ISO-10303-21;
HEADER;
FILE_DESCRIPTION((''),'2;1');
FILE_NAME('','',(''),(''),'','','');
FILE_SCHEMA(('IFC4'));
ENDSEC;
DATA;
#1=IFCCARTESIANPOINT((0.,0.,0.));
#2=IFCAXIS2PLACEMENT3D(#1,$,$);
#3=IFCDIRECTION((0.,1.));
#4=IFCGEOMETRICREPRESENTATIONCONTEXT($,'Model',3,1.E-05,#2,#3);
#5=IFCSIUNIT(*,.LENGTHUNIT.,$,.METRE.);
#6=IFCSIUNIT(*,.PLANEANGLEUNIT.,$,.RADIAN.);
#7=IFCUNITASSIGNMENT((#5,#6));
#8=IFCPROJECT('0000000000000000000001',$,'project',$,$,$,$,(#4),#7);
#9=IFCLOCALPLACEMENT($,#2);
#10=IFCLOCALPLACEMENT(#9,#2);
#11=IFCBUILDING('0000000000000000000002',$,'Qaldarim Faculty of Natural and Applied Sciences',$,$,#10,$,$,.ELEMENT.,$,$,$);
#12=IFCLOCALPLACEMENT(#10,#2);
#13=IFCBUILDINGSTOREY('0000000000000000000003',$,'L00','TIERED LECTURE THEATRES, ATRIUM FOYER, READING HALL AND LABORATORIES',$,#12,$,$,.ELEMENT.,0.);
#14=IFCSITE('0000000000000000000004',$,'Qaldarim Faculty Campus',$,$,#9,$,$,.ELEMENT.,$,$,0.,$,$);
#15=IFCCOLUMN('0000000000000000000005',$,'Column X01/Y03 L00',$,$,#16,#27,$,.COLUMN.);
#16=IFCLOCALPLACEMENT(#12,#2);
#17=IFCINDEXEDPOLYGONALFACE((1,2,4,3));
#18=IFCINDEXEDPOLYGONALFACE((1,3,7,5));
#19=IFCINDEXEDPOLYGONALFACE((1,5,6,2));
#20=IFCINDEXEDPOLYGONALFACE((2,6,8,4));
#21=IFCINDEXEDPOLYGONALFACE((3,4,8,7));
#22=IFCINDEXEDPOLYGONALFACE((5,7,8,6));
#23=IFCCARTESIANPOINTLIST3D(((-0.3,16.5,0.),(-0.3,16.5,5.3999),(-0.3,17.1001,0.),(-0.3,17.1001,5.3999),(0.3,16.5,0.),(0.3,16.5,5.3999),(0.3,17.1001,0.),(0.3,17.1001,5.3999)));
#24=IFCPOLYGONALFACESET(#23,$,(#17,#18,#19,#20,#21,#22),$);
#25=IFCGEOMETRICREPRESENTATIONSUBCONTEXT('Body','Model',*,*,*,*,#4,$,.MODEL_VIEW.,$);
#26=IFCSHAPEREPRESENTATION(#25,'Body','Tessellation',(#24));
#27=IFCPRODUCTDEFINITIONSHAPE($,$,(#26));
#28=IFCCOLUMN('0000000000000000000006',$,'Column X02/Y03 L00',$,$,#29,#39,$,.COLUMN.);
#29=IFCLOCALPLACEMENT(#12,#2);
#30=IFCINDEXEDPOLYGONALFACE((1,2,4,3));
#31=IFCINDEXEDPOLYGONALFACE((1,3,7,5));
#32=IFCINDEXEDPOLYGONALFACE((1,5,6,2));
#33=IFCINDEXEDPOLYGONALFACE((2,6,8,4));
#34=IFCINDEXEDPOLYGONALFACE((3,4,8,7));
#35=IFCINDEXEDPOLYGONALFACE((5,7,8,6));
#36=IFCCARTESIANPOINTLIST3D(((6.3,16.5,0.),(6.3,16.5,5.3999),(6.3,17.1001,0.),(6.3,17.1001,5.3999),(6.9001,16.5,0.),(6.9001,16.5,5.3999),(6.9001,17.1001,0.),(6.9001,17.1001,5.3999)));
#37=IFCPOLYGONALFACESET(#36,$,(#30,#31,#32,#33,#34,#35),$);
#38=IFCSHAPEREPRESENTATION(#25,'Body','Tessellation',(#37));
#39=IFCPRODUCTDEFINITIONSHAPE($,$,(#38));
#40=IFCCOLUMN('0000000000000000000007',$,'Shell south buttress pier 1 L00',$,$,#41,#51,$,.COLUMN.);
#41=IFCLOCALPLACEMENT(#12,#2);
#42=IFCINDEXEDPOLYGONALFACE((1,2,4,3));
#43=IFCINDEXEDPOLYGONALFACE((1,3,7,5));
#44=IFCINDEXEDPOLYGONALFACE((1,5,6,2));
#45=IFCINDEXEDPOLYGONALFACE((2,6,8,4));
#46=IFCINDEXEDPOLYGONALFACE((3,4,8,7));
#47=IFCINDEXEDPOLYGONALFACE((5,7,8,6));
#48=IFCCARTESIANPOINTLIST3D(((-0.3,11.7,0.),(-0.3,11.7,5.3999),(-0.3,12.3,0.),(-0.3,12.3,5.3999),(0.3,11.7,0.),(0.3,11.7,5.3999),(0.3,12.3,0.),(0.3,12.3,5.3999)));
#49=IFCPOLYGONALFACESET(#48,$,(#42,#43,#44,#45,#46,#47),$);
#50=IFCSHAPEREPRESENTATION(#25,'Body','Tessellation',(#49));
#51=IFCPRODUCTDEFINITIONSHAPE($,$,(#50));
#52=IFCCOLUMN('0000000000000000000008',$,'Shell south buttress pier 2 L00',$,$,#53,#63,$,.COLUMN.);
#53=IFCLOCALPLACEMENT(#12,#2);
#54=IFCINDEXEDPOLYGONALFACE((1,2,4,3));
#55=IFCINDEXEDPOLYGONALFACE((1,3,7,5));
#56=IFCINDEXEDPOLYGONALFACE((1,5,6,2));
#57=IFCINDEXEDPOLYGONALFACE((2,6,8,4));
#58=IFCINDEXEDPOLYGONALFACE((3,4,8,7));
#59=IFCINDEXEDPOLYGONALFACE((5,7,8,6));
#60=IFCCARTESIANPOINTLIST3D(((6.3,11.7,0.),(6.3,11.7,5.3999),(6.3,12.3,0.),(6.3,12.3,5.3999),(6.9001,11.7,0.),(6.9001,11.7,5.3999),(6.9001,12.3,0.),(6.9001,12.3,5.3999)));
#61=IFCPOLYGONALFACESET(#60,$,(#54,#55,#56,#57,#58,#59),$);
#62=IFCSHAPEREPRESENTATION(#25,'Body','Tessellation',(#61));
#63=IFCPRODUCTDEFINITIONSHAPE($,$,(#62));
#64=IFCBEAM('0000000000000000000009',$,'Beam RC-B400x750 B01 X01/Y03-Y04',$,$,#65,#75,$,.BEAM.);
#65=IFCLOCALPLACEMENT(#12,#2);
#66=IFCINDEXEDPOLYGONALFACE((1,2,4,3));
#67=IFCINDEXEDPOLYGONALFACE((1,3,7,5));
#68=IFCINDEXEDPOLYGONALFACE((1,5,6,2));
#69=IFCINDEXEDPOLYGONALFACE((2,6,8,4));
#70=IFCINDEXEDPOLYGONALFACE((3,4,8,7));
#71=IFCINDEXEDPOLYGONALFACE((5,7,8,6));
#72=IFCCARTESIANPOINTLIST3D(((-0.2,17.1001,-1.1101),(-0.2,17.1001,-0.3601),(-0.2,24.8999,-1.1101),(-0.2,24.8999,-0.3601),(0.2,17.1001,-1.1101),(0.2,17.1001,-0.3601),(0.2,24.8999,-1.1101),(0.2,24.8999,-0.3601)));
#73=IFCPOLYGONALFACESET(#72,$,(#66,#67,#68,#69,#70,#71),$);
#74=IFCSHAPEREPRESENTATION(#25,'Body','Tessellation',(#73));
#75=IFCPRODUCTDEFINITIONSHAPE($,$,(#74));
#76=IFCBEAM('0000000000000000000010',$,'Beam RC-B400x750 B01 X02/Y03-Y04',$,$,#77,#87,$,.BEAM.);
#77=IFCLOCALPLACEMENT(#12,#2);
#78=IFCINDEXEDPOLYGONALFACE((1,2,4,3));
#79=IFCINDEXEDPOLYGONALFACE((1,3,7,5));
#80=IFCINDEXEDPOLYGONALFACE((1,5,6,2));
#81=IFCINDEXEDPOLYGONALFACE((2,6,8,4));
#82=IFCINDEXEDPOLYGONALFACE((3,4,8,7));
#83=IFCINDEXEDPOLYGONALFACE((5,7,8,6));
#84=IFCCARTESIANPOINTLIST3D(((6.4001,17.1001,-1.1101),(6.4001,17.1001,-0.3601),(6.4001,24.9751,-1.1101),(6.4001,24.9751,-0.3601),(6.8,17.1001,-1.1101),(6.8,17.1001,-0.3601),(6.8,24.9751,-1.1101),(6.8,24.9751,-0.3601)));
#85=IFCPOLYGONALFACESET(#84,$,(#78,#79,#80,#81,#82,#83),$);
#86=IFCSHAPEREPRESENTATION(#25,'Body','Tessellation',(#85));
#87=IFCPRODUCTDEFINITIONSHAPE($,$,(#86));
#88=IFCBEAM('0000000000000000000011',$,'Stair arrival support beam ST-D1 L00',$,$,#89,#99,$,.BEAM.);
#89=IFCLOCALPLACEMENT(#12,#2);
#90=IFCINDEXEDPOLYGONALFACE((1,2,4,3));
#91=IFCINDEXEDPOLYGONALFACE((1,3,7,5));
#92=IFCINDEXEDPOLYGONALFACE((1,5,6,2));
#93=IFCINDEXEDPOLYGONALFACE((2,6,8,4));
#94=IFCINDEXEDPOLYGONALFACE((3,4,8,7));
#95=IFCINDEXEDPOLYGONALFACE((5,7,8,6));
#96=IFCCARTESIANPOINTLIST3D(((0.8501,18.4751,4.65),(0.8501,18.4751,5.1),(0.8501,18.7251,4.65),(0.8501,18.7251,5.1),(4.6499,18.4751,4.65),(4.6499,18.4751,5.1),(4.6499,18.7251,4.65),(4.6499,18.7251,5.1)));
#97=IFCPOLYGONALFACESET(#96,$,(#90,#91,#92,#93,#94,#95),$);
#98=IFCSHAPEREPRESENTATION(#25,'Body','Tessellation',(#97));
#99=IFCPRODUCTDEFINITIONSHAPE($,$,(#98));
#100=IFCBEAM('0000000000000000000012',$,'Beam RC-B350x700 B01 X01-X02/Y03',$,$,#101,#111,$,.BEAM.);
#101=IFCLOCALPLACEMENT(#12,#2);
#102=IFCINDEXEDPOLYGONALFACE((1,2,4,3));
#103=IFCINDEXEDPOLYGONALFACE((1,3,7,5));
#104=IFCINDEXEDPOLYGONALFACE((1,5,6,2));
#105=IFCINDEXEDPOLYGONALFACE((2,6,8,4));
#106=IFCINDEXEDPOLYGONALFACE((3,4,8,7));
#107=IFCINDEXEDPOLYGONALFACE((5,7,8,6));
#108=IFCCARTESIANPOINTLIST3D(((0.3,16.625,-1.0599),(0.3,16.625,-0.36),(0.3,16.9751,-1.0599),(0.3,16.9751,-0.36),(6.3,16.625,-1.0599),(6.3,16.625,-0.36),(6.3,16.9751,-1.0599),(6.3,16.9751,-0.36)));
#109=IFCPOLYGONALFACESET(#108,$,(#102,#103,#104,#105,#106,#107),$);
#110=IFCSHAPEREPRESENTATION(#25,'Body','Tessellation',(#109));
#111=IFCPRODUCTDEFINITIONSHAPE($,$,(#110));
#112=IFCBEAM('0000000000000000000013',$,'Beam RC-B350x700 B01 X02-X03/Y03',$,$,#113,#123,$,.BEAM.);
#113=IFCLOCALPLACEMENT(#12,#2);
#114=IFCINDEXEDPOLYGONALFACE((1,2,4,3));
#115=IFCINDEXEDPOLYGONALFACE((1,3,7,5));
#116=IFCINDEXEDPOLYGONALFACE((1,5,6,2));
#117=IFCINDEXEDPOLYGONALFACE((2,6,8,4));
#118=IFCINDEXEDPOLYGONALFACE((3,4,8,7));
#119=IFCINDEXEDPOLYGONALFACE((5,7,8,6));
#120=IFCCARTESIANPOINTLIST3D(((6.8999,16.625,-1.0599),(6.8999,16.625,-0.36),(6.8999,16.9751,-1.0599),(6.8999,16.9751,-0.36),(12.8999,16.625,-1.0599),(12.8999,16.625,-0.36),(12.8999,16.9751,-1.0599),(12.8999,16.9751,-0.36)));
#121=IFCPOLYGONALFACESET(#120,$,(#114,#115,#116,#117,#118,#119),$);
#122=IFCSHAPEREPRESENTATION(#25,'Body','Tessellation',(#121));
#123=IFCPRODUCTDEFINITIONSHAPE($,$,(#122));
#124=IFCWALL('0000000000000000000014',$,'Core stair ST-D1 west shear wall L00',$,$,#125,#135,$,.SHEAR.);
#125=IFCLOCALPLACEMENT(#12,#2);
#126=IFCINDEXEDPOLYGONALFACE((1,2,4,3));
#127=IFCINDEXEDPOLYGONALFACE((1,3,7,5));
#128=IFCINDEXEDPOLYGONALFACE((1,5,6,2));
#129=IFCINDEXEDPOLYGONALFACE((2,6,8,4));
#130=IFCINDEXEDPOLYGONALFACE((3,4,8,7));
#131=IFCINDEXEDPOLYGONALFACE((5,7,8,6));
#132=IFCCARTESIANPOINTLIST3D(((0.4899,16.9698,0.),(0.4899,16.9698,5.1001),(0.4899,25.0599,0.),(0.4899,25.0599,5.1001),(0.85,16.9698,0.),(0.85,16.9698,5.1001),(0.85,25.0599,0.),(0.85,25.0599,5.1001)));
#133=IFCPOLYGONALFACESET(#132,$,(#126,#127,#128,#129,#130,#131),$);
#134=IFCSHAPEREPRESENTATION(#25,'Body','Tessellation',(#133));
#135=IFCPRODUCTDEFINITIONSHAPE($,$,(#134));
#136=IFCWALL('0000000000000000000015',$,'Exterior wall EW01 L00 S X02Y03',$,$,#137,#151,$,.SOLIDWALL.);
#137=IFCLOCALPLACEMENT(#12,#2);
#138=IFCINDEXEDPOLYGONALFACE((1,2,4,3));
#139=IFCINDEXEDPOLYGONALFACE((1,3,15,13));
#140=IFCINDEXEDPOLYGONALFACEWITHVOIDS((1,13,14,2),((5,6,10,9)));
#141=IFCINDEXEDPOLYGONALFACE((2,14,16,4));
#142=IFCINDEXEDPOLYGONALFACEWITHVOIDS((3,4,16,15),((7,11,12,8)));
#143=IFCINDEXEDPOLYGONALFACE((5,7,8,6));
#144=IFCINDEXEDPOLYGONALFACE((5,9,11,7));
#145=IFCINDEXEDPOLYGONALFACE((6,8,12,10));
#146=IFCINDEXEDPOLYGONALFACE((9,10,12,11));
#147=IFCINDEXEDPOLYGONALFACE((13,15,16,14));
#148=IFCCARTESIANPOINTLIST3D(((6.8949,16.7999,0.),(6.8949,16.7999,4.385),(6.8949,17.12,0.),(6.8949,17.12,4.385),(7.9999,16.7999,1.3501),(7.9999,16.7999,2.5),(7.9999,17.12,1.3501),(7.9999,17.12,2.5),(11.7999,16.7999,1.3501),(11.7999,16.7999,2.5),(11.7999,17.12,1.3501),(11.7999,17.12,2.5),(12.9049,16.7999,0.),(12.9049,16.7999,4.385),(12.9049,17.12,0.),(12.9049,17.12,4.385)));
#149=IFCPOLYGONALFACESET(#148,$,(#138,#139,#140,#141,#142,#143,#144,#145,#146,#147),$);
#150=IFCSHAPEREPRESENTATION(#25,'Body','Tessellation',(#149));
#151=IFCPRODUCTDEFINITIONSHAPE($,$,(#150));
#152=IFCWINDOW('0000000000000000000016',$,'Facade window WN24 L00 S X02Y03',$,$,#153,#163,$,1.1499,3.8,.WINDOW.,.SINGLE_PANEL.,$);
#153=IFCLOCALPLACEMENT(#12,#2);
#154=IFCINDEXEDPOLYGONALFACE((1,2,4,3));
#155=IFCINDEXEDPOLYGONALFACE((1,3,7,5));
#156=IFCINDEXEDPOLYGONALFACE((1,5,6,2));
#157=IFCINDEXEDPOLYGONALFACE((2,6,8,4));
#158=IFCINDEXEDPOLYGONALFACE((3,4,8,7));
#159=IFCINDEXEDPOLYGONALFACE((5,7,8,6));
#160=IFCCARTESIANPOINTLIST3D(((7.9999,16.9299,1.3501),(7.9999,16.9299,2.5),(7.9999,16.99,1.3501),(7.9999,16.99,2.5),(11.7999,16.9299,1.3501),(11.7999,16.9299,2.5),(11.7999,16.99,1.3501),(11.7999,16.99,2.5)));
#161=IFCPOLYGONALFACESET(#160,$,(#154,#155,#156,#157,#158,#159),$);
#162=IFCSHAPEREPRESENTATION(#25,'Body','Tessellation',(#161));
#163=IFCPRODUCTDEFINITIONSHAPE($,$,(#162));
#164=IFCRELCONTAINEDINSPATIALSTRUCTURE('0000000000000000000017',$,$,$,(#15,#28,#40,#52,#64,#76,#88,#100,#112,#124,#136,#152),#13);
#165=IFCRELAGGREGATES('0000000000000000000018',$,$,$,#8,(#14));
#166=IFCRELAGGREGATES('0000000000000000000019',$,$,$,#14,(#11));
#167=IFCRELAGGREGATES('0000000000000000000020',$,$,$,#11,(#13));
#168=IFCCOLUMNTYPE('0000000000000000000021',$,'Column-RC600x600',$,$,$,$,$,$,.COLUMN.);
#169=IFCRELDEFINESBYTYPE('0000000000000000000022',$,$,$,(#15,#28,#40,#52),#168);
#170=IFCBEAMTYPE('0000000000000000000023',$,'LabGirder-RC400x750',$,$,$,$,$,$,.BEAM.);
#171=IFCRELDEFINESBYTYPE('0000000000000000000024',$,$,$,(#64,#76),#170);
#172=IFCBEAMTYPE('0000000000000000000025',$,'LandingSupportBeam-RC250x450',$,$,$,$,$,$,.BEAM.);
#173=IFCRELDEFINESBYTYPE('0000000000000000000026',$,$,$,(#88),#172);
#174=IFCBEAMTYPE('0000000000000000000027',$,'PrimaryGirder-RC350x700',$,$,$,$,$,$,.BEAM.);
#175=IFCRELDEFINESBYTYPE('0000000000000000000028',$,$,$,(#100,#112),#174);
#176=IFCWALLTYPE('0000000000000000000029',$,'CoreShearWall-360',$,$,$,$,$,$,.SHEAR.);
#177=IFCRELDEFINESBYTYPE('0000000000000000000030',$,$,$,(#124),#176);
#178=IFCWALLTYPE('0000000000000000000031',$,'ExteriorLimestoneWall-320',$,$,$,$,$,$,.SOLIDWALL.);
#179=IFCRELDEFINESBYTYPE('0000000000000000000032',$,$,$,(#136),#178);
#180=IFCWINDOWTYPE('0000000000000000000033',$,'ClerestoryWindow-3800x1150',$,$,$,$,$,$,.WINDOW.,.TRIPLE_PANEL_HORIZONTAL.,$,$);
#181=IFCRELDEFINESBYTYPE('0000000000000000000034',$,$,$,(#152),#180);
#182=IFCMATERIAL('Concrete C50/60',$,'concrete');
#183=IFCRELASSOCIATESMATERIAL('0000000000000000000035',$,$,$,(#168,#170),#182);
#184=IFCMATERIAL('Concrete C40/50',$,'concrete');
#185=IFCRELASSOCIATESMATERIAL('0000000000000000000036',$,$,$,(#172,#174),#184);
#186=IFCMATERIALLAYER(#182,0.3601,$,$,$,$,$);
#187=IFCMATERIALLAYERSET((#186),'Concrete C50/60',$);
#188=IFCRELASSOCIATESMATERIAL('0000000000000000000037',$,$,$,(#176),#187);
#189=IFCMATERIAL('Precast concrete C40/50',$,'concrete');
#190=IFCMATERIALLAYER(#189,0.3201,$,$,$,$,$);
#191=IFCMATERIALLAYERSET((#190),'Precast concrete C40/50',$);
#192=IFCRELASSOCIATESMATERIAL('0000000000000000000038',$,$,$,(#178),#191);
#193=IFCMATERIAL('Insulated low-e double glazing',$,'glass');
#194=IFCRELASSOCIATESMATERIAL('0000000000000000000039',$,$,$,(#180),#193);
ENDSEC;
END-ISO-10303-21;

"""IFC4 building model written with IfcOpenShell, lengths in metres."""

from ifc_helpers import new_model, si_unit, direction, frame, frame_2d, origin, origin_2d, place, context, subcontext, project, spatial, rectangle, extrude, material, layer, layer_set, material_profile, profile_set, type_object, element, fill, save


model = new_model("IFC4")

# Units and contexts
model_context = context("Model", 3, precision=1e-05, world=origin(), true_north=direction((0.0, 1.0)))
body_context = subcontext(model_context, "Body", "Model", "MODEL_VIEW")
ifc_project = project(units=[si_unit("LENGTHUNIT", "METRE"), si_unit("PLANEANGLEUNIT", "RADIAN")], contexts=[model_context])

# Site, building, storey
site_placement = place(None, origin())
site = spatial("IfcSite", under=ifc_project, at=site_placement, Name="Qaldarim Faculty Campus", CompositionType="ELEMENT", RefElevation=0.0)
building_placement = place(site_placement, origin())
building = spatial("IfcBuilding", under=site, at=building_placement, Name="Qaldarim Faculty of Natural and Applied Sciences", CompositionType="ELEMENT")
storey_placement = place(building_placement, origin())
storey = spatial("IfcBuildingStorey", under=building, at=storey_placement, Name="L00", Description="TIERED LECTURE THEATRES, ATRIUM FOYER, READING HALL AND LABORATORIES", CompositionType="ELEMENT", Elevation=0.0)

# Columns
ifc_material_1 = material(Name="Concrete C50/60", Category="concrete")
ifc_material_profile_1 = material_profile(ifc_material_1, rectangle(XDim=0.6001, YDim=0.6001, at=origin_2d()), Name="RC-C600x600")
ifc_profile_set_1 = profile_set([ifc_material_profile_1], Name="Concrete C50/60")
column_type = type_object("IfcColumnType", Name="Column-RC600x600", PredefinedType="COLUMN", material=ifc_profile_set_1)
for number, where, z_axis, x_axis, name in (
    (1, (0.0, 16.8, 0.0), (0.0, 0.0, 1.0), (1.0, 0.0, 0.0), "Column X01/Y03 L00"),
    (2, (6.6001, 16.8, 0.0), (0.0, 0.0, 1.0), (1.0, 0.0, 0.0), "Column X02/Y03 L00"),
    (3, (0.0, 12.0, 0.0), (0.0, 0.0, 1.0), (1.0, 0.0, 0.0), "Shell south buttress pier 1 L00"),
    (4, (6.6001, 12.0, 0.0), (0.0, 0.0, 1.0), (1.0, 0.0, 0.0), "Shell south buttress pier 2 L00"),
):
    element("IfcColumn", number, at=place(storey_placement, frame(where, z_axis=z_axis, x_axis=x_axis)), inside=storey, type_object=column_type, Name=name, PredefinedType="COLUMN", context=body_context, shape_type="SweptSolid", body=[
        extrude(rectangle(XDim=0.6001, YDim=0.6001, at=origin_2d()), origin(), (0.0, 0.0, 1.0), 5.3999),
    ])

# Beams
ifc_material_profile_2 = material_profile(ifc_material_1, rectangle(XDim=0.3999, YDim=0.75, at=origin_2d()), Name="RC-B400x750")
ifc_profile_set_2 = profile_set([ifc_material_profile_2], Name="Concrete C50/60")
beam_type_1 = type_object("IfcBeamType", Name="LabGirder-RC400x750", PredefinedType="BEAM", material=ifc_profile_set_2)
beam_1_placement = place(storey_placement, frame((0.0, 17.1001, -0.7351), z_axis=(0.0, 1.0, 0.0), x_axis=(-1.0, 0.0, 0.0)))
element("IfcBeam", 5, at=beam_1_placement, inside=storey, type_object=beam_type_1, Name="Beam RC-B400x750 B01 X01/Y03-Y04", PredefinedType="BEAM", context=body_context, shape_type="SweptSolid", body=[
    extrude(rectangle(XDim=0.3999, YDim=0.75, at=origin_2d()), origin(), (0.0, 0.0, 1.0), 7.7998),
])
beam_2_placement = place(storey_placement, frame((6.6001, 17.1001, -0.7351), z_axis=(0.0, 1.0, 0.0), x_axis=(-1.0, 0.0, 0.0)))
element("IfcBeam", 6, at=beam_2_placement, inside=storey, type_object=beam_type_1, Name="Beam RC-B400x750 B01 X02/Y03-Y04", PredefinedType="BEAM", context=body_context, shape_type="SweptSolid", body=[
    extrude(rectangle(XDim=0.3999, YDim=0.75, at=origin_2d()), origin(), (0.0, 0.0, 1.0), 7.875),
])
ifc_material_2 = material(Name="Concrete C40/50", Category="concrete")
ifc_material_profile_3 = material_profile(ifc_material_2, rectangle(XDim=0.25, YDim=0.45, at=origin_2d()), Name="RC-LN250x450")
ifc_profile_set_3 = profile_set([ifc_material_profile_3], Name="Concrete C40/50")
beam_type_2 = type_object("IfcBeamType", Name="LandingSupportBeam-RC250x450", PredefinedType="BEAM", material=ifc_profile_set_3)
beam_3_placement = place(storey_placement, frame((0.8501, 18.6001, 4.875), z_axis=(1.0, 0.0, 0.0), x_axis=(0.0, 1.0, 0.0)))
element("IfcBeam", 7, at=beam_3_placement, inside=storey, type_object=beam_type_2, Name="Stair arrival support beam ST-D1 L00", PredefinedType="BEAM", context=body_context, shape_type="SweptSolid", body=[
    extrude(rectangle(XDim=0.25, YDim=0.45, at=origin_2d()), origin(), (0.0, 0.0, 1.0), 3.7998),
])
ifc_material_profile_4 = material_profile(ifc_material_2, rectangle(XDim=0.3501, YDim=0.7, at=origin_2d()), Name="RC-B350x700")
ifc_profile_set_4 = profile_set([ifc_material_profile_4], Name="Concrete C40/50")
beam_type_3 = type_object("IfcBeamType", Name="PrimaryGirder-RC350x700", PredefinedType="BEAM", material=ifc_profile_set_4)
for number, where, z_axis, x_axis, name in (
    (8, (0.3, 16.8, -0.71), (1.0, 0.0, 0.0), (0.0, 1.0, 0.0), "Beam RC-B350x700 B01 X01-X02/Y03"),
    (9, (6.8999, 16.8, -0.71), (1.0, 0.0, 0.0), (0.0, 1.0, 0.0), "Beam RC-B350x700 B01 X02-X03/Y03"),
):
    element("IfcBeam", number, at=place(storey_placement, frame(where, z_axis=z_axis, x_axis=x_axis)), inside=storey, type_object=beam_type_3, Name=name, PredefinedType="BEAM", context=body_context, shape_type="SweptSolid", body=[
        extrude(rectangle(XDim=0.3501, YDim=0.7, at=origin_2d()), origin(), (0.0, 0.0, 1.0), 6.0),
    ])

# Wall
ifc_layer_1 = layer(ifc_material_1, 0.3601)
ifc_layer_set_1 = layer_set([ifc_layer_1], Name="Concrete C50/60")
wall_type_1 = type_object("IfcWallType", Name="CoreShearWall-360", PredefinedType="SHEAR", material=ifc_layer_set_1)
wall_1_placement = place(storey_placement, frame((0.6699, 16.97, 0.0), z_axis=(0.0, 0.0, 1.0), x_axis=(0.0, 1.0, 0.0)))
element("IfcWall", 10, at=wall_1_placement, inside=storey, type_object=wall_type_1, Name="Core stair ST-D1 west shear wall L00", PredefinedType="SHEAR", context=body_context, shape_type="SweptSolid", body=[
    extrude(rectangle(XDim=8.0901, YDim=0.3601, at=frame_2d((4.0449, 0.0))), origin(), (0.0, 0.0, 1.0), 5.1001),
])

# Wall, opening, window
ifc_material_3 = material(Name="Precast concrete C40/50", Category="concrete")
ifc_layer_2 = layer(ifc_material_3, 0.3201)
ifc_layer_set_2 = layer_set([ifc_layer_2], Name="Precast concrete C40/50")
wall_type_2 = type_object("IfcWallType", Name="ExteriorLimestoneWall-320", PredefinedType="SOLIDWALL", material=ifc_layer_set_2)
wall_2_placement = place(storey_placement, frame((6.895, 16.96, 0.0), z_axis=(0.0, 0.0, 1.0), x_axis=(1.0, 0.0, 0.0)))
wall_2 = element("IfcWall", 11, at=wall_2_placement, inside=storey, type_object=wall_type_2, Name="Exterior wall EW01 L00 S X02Y03", PredefinedType="SOLIDWALL", context=body_context, shape_type="SweptSolid", body=[
    extrude(rectangle(XDim=6.01, YDim=0.3201, at=frame_2d((3.0049, 0.0))), origin(), (0.0, 0.0, 1.0), 4.385),
])
opening_1_placement = place(wall_2_placement, frame((1.105, 0.0, 1.3501)))
opening_1 = element("IfcOpeningElement", 12, at=opening_1_placement, cuts=wall_2, PredefinedType="OPENING", context=body_context, shape_type="SweptSolid", body=[
    extrude(rectangle(XDim=3.8, YDim=1.1499, at=frame_2d((1.8999, 0.575))), frame((0.0, 0.1699, 0.0), z_axis=(0.0, -1.0, 0.0), x_axis=(1.0, 0.0, 0.0)), (0.0, 0.0, 1.0), 0.3401),
])
ifc_material_4 = material(Name="Insulated low-e double glazing", Category="glass")
window_type = type_object("IfcWindowType", Name="ClerestoryWindow-3800x1150", PartitioningType="TRIPLE_PANEL_HORIZONTAL", PredefinedType="WINDOW", material=ifc_material_4)
window_placement = place(opening_1_placement, origin())
window = element("IfcWindow", 13, at=window_placement, inside=storey, type_object=window_type, Name="Facade window WN24 L00 S X02Y03", OverallHeight=1.1499, OverallWidth=3.8, PartitioningType="SINGLE_PANEL", PredefinedType="WINDOW", context=body_context, shape_type="SweptSolid", body=[
    extrude(rectangle(XDim=3.8, YDim=1.1499, at=frame_2d((1.8999, 0.575))), frame((0.0, 0.03, 0.0), z_axis=(0.0, -1.0, 0.0), x_axis=(1.0, 0.0, 0.0)), (0.0, 0.0, 1.0), 0.0601),
])
fill(opening_1, window)

save(model, "model.ifc")
